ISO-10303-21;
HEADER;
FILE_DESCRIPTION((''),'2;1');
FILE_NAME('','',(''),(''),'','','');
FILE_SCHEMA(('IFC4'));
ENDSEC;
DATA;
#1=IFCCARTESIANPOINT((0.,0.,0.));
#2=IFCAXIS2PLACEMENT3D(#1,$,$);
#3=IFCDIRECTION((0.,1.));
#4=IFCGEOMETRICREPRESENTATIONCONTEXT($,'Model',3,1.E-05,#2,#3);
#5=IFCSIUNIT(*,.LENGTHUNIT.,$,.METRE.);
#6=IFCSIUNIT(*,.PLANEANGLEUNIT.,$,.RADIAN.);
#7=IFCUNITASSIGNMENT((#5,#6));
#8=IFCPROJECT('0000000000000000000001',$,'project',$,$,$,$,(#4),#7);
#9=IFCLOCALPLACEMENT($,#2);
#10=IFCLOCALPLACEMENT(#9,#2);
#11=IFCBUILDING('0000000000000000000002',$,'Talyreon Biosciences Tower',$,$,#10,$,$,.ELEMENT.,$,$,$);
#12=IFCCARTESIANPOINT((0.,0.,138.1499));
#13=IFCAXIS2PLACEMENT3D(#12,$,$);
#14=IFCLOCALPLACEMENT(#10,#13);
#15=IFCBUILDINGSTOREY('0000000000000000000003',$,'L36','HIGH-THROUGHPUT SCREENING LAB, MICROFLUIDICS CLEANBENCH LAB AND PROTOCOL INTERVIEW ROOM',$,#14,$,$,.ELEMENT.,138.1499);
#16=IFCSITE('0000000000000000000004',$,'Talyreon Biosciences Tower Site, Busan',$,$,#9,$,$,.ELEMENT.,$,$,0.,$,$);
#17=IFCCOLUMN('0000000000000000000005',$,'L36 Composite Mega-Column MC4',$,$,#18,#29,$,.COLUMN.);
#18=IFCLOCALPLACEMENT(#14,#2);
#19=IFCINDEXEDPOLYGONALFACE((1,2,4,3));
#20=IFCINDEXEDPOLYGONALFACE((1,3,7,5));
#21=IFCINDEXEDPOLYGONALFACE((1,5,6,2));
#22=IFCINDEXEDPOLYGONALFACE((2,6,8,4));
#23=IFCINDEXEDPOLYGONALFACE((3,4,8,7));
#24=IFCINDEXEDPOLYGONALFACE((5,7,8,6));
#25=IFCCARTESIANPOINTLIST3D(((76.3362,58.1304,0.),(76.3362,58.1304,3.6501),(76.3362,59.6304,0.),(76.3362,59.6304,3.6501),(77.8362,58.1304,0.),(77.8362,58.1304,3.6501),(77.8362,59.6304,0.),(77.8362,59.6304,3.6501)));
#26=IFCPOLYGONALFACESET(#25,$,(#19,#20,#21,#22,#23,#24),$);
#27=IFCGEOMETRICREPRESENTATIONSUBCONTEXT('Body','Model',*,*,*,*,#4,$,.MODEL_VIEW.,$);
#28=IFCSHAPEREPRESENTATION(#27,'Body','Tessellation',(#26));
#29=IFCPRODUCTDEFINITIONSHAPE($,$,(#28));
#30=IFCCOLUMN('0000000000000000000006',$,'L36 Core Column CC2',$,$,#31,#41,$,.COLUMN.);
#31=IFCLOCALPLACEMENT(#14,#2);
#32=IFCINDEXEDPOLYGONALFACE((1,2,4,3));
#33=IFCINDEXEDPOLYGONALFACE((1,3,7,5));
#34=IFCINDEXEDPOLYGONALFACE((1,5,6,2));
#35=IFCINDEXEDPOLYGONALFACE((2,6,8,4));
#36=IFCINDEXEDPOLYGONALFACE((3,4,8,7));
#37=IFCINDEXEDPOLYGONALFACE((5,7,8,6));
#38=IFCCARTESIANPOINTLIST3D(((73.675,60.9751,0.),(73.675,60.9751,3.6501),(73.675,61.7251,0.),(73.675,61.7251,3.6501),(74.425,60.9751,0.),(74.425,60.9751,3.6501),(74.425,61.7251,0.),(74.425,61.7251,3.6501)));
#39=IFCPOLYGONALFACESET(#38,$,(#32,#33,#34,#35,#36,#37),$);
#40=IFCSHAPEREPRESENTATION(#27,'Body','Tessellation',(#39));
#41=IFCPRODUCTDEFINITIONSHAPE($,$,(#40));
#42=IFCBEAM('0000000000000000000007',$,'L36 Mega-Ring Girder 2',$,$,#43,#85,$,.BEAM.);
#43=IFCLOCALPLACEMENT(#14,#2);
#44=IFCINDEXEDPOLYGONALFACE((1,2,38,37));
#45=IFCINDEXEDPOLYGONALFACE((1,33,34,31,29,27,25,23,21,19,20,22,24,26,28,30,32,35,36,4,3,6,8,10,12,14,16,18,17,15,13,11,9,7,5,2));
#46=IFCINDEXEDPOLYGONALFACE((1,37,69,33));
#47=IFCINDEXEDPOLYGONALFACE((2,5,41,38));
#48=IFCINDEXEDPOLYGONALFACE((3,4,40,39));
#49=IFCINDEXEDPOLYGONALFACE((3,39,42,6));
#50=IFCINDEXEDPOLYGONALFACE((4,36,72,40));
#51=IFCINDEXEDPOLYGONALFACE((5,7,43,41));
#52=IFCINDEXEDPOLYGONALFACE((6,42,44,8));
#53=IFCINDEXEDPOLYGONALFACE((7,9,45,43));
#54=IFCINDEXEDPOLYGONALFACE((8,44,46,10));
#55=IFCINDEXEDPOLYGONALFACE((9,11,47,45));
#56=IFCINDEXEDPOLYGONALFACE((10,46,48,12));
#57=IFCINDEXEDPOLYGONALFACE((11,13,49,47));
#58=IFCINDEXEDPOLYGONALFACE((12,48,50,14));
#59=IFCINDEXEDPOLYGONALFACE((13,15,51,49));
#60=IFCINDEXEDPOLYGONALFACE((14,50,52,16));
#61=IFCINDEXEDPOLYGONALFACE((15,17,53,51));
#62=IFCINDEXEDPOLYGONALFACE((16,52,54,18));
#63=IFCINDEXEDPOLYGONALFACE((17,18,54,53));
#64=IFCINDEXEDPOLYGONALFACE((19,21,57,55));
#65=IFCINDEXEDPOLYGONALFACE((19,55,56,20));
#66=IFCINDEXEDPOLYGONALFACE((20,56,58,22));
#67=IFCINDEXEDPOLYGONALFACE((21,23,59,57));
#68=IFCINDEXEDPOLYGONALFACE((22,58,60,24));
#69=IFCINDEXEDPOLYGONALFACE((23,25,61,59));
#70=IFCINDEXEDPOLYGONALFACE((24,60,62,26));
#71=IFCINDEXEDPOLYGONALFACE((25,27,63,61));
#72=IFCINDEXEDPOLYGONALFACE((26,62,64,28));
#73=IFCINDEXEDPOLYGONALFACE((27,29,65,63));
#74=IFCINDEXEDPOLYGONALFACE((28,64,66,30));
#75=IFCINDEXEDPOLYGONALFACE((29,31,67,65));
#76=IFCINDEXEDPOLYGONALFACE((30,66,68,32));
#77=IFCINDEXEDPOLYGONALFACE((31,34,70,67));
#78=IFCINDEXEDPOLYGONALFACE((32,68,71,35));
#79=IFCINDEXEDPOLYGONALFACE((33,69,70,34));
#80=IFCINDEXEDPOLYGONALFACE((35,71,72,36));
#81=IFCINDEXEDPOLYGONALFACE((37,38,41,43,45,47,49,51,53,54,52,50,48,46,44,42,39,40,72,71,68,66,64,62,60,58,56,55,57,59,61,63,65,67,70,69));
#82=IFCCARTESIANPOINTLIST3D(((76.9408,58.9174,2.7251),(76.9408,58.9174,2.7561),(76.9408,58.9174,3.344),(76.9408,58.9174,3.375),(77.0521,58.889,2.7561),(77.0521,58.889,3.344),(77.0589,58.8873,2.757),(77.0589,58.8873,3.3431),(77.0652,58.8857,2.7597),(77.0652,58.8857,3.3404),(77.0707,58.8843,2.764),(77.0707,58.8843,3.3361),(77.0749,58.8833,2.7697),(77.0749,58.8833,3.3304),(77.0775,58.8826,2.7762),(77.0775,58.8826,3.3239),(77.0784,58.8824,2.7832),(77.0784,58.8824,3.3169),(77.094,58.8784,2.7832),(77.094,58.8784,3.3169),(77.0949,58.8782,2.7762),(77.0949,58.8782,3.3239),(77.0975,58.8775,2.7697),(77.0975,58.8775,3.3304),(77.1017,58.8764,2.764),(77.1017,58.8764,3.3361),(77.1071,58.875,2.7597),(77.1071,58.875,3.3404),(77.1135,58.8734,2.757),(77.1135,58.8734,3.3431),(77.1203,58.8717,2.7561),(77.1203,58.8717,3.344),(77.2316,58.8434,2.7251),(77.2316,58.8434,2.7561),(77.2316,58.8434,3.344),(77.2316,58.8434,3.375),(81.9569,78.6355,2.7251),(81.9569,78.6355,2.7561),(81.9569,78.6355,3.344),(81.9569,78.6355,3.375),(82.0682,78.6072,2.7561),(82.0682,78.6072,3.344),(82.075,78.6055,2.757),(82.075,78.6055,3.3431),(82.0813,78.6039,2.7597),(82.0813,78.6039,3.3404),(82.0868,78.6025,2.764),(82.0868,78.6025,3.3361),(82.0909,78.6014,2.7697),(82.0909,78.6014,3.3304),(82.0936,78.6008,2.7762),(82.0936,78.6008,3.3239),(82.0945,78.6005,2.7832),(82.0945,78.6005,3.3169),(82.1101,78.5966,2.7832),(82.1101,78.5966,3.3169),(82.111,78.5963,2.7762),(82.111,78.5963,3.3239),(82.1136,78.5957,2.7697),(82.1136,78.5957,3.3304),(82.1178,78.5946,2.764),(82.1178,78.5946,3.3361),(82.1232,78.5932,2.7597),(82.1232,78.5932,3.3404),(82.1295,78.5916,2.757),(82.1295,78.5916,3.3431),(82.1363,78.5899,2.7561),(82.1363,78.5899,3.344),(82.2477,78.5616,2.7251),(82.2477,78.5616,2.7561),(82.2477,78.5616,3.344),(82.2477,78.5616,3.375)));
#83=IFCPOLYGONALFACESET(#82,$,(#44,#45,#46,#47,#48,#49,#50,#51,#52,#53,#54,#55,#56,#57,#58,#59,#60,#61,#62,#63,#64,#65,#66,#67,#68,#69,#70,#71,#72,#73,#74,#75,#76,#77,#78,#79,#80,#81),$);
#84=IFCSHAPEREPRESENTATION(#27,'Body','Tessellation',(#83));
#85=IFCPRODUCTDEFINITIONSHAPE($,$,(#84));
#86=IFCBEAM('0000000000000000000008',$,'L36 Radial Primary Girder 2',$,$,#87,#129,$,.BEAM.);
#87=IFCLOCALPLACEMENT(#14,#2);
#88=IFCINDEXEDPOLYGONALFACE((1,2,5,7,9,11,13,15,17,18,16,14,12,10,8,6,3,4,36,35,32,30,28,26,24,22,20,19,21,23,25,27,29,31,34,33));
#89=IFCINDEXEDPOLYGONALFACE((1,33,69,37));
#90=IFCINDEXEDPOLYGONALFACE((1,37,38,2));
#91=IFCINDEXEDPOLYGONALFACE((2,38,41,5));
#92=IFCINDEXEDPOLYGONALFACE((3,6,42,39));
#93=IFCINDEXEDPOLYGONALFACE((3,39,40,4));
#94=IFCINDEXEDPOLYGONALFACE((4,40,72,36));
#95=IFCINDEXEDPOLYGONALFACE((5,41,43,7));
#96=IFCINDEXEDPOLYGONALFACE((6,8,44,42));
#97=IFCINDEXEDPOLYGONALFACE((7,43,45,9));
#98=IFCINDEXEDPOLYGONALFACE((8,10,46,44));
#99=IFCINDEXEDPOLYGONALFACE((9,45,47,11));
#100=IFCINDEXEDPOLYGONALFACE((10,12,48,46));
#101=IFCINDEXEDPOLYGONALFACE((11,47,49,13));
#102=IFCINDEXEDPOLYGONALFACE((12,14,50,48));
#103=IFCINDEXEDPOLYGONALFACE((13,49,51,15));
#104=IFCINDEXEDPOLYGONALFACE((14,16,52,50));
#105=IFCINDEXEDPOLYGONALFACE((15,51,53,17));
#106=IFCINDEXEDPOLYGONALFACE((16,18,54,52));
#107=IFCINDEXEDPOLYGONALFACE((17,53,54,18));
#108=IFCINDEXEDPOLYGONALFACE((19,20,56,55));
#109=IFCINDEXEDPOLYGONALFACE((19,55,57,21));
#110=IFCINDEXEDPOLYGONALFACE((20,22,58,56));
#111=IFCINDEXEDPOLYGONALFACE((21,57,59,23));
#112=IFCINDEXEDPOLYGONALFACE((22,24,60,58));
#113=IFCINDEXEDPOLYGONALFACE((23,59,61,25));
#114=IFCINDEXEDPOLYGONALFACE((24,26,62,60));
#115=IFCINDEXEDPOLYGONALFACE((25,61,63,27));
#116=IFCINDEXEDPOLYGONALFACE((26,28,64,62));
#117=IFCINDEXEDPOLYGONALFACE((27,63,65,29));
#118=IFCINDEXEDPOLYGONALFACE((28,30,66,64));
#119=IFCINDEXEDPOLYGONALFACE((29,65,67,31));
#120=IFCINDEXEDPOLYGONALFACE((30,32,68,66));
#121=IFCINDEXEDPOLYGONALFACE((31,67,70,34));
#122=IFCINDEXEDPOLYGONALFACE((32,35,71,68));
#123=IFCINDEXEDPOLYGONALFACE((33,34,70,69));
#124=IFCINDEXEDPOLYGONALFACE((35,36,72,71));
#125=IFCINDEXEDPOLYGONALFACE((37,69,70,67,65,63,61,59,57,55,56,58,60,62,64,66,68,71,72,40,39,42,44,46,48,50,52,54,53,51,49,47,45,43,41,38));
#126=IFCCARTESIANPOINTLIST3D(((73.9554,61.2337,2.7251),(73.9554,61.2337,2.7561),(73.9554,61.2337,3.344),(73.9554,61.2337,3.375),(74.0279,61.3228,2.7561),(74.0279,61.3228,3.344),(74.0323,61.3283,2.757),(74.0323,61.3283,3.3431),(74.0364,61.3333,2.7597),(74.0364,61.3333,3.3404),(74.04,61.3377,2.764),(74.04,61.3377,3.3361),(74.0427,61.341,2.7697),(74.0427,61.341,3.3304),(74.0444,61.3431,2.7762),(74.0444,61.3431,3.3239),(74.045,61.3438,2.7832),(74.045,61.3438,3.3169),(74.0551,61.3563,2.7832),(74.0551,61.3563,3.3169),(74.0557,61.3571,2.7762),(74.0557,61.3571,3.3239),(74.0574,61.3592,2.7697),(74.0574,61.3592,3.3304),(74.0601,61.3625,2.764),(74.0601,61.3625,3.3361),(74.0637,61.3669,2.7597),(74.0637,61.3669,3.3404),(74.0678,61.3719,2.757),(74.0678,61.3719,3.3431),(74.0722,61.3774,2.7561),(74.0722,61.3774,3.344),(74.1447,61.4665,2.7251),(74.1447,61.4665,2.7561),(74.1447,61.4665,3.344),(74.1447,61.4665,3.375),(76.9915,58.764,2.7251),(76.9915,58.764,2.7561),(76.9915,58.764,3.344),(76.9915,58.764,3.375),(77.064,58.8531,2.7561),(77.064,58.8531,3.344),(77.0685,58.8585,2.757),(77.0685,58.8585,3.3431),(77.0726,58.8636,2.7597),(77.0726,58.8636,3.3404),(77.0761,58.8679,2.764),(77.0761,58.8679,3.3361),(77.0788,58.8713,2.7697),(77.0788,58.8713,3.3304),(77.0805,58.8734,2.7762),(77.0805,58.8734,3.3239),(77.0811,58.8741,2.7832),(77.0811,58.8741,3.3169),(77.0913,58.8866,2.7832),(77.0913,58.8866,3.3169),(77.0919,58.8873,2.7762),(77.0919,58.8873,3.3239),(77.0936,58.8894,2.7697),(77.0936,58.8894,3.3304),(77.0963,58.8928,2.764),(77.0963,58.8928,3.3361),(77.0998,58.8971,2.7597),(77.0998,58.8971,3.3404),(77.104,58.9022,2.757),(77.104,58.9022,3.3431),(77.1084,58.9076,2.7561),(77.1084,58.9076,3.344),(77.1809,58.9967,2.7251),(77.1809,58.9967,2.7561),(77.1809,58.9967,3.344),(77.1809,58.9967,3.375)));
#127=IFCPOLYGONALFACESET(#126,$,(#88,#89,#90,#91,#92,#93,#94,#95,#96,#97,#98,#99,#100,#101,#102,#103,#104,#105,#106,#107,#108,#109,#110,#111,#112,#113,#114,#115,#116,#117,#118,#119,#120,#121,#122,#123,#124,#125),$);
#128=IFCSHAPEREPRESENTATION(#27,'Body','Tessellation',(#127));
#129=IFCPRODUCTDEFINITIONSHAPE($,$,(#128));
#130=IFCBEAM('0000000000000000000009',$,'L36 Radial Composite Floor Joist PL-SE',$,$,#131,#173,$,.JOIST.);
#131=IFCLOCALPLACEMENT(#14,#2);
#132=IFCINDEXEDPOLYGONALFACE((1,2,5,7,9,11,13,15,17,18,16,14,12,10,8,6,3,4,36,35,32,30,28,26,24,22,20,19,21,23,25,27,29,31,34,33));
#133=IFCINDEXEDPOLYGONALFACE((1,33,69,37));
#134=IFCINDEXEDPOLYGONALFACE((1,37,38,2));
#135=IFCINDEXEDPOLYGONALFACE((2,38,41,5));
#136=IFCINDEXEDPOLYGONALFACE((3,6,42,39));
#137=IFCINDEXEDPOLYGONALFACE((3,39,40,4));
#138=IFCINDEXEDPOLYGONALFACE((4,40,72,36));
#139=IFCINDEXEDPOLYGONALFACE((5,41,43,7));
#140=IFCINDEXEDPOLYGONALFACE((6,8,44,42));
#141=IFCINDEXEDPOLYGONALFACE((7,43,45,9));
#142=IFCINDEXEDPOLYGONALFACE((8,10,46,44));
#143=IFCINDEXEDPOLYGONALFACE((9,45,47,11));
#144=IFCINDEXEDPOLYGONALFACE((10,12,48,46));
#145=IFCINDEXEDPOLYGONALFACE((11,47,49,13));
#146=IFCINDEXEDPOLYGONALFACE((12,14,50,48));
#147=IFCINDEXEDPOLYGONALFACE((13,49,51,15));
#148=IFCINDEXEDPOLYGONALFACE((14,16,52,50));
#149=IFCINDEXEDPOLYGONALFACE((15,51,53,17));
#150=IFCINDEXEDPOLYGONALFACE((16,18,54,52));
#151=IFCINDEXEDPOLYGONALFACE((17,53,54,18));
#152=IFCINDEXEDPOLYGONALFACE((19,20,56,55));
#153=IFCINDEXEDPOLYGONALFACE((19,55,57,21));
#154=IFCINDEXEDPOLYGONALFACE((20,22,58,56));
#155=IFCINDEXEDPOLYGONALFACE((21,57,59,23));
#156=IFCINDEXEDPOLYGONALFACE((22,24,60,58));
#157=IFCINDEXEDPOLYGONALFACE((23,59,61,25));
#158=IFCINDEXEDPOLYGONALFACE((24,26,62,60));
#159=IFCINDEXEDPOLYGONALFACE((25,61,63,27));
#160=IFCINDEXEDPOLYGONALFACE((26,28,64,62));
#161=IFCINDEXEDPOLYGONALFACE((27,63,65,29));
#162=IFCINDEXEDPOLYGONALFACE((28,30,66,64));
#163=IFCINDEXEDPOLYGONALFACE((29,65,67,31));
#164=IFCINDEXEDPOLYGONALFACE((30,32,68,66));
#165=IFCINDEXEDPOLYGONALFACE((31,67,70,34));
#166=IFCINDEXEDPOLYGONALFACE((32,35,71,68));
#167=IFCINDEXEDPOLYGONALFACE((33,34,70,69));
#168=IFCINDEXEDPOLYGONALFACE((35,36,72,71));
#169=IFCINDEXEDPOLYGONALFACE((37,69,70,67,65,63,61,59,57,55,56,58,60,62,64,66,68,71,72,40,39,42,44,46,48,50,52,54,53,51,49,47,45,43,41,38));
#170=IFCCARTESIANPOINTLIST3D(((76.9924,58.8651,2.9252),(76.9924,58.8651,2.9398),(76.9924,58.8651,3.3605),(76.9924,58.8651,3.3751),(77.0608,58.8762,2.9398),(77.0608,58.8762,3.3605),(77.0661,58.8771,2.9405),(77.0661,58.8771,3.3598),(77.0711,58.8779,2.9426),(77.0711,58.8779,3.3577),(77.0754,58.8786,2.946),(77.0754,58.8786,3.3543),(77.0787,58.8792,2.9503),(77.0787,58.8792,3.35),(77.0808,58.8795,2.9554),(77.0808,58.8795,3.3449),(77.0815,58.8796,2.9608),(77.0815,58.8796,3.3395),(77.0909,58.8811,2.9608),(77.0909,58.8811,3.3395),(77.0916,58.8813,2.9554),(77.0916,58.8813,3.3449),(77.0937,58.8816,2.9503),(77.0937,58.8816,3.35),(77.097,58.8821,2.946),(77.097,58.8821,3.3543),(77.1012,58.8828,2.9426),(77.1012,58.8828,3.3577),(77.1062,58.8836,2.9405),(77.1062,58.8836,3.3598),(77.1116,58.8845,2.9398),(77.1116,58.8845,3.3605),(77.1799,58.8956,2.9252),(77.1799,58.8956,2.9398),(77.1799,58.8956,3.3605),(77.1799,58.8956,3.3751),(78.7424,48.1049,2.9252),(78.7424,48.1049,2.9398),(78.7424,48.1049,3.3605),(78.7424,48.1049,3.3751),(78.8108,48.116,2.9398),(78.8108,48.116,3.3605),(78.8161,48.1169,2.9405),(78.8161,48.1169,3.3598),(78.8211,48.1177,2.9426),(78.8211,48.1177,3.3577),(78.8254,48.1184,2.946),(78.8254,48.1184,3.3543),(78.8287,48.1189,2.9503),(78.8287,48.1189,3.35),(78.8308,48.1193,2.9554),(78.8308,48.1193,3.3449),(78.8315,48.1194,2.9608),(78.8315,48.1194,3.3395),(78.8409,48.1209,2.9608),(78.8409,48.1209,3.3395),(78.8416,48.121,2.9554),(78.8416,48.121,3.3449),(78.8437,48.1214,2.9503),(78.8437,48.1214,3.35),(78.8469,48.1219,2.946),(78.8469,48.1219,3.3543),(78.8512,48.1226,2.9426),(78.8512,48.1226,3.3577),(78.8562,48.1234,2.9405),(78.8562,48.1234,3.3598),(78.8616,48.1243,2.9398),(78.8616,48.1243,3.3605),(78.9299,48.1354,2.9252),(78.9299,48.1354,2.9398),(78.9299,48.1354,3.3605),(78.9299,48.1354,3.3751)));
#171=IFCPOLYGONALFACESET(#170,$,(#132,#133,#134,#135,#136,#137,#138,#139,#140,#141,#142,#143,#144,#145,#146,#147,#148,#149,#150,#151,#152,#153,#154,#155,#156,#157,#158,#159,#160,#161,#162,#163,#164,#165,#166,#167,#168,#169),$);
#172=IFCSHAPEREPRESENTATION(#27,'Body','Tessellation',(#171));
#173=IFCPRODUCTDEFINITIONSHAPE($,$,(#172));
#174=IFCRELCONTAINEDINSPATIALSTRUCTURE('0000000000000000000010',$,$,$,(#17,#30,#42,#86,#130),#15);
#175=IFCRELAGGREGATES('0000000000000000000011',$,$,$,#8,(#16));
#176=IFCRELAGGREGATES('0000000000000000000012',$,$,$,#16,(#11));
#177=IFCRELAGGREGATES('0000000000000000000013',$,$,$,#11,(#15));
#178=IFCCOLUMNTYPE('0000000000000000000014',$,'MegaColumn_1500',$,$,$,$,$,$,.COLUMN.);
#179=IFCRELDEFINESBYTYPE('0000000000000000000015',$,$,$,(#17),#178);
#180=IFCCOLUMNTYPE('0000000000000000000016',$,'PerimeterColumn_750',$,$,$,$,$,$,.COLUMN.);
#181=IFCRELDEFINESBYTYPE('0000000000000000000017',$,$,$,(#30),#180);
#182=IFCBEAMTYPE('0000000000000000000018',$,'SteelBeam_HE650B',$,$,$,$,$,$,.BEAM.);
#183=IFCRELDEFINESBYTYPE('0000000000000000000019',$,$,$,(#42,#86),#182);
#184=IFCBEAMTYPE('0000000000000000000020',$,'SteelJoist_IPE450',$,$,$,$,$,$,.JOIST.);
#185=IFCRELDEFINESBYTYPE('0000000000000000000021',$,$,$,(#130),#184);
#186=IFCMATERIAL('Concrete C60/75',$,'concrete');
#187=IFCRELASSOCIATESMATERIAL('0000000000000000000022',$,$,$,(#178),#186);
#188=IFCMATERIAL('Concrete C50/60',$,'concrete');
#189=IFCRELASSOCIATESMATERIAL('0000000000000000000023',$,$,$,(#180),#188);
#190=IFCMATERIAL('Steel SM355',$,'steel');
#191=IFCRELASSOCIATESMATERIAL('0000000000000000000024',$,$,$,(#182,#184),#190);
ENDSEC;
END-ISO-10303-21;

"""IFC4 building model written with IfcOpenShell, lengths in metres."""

from ifc_helpers import new_model, si_unit, direction, frame, origin, origin_2d, place, context, subcontext, project, spatial, rectangle, i_section, extrude, material, material_profile, profile_set, type_object, element, save


model = new_model("IFC4")

# Units and contexts
model_context = context("Model", 3, precision=1e-05, world=origin(), true_north=direction((0.0, 1.0)))
body_context = subcontext(model_context, "Body", "Model", "MODEL_VIEW")
ifc_project = project(units=[si_unit("LENGTHUNIT", "METRE"), si_unit("PLANEANGLEUNIT", "RADIAN")], contexts=[model_context])

# Site, building, storey
site_placement = place(None, origin())
site = spatial("IfcSite", under=ifc_project, at=site_placement, Name="Talyreon Biosciences Tower Site, Busan", CompositionType="ELEMENT", RefElevation=0.0)
building_placement = place(site_placement, origin())
building = spatial("IfcBuilding", under=site, at=building_placement, Name="Talyreon Biosciences Tower", CompositionType="ELEMENT")
storey_placement = place(building_placement, frame((0.0, 0.0, 138.1499)))
storey = spatial("IfcBuildingStorey", under=building, at=storey_placement, Name="L36", Description="HIGH-THROUGHPUT SCREENING LAB, MICROFLUIDICS CLEANBENCH LAB AND PROTOCOL INTERVIEW ROOM", CompositionType="ELEMENT", Elevation=138.1499)

# Columns
ifc_material_1 = material(Name="Concrete C60/75", Category="concrete")
ifc_material_profile_1 = material_profile(ifc_material_1, rectangle(XDim=1.5, YDim=1.5, at=origin_2d()), Name="RC 1500x1500")
ifc_profile_set_1 = profile_set([ifc_material_profile_1], Name="Concrete C60/75")
column_type_1 = type_object("IfcColumnType", Name="MegaColumn_1500", PredefinedType="COLUMN", material=ifc_profile_set_1)
column_1_placement = place(storey_placement, frame((77.0862, 58.8804, 0.0), z_axis=(0.0, 0.0, 1.0), x_axis=(1.0, 0.0, 0.0)))
element("IfcColumn", 1, at=column_1_placement, inside=storey, type_object=column_type_1, Name="L36 Composite Mega-Column MC4", PredefinedType="COLUMN", context=body_context, shape_type="SweptSolid", body=[
    extrude(rectangle(XDim=1.5, YDim=1.5, at=origin_2d()), origin(), (0.0, 0.0, 1.0), 3.6501),
])
ifc_material_2 = material(Name="Concrete C50/60", Category="concrete")
ifc_material_profile_2 = material_profile(ifc_material_2, rectangle(XDim=0.75, YDim=0.75, at=origin_2d()), Name="RC 750x750")
ifc_profile_set_2 = profile_set([ifc_material_profile_2], Name="Concrete C50/60")
column_type_2 = type_object("IfcColumnType", Name="PerimeterColumn_750", PredefinedType="COLUMN", material=ifc_profile_set_2)
column_2_placement = place(storey_placement, frame((74.05, 61.3501, 0.0), z_axis=(0.0, 0.0, 1.0), x_axis=(1.0, 0.0, 0.0)))
element("IfcColumn", 2, at=column_2_placement, inside=storey, type_object=column_type_2, Name="L36 Core Column CC2", PredefinedType="COLUMN", context=body_context, shape_type="SweptSolid", body=[
    extrude(rectangle(XDim=0.75, YDim=0.75, at=origin_2d()), origin(), (0.0, 0.0, 1.0), 3.6501),
])

# Beams
ifc_material_3 = material(Name="Steel SM355", Category="steel")
ifc_material_profile_3 = material_profile(ifc_material_3, i_section(OverallWidth=0.3, OverallDepth=0.6499, WebThickness=0.0161, FlangeThickness=0.031, FilletRadius=0.0271, at=origin_2d()), Name="HE650B")
ifc_profile_set_3 = profile_set([ifc_material_profile_3], Name="Steel SM355")
beam_type_1 = type_object("IfcBeamType", Name="SteelBeam_HE650B", PredefinedType="BEAM", material=ifc_profile_set_3)
beam_1_placement = place(storey_placement, frame((77.0862, 58.8804, 3.05), z_axis=(0.246537, 0.969133, 0.0), x_axis=(-0.969133, 0.246537, 0.0)))
element("IfcBeam", 3, at=beam_1_placement, inside=storey, type_object=beam_type_1, Name="L36 Mega-Ring Girder 2", PredefinedType="BEAM", context=body_context, shape_type="SweptSolid", body=[
    extrude(i_section(OverallWidth=0.3, OverallDepth=0.6499, WebThickness=0.0161, FlangeThickness=0.031, FilletRadius=0.0271, at=origin_2d()), origin(), (0.0, 0.0, 1.0), 20.3462),
])
beam_2_placement = place(storey_placement, frame((74.05, 61.3501, 3.05), z_axis=(0.775755, -0.631034, 0.0), x_axis=(0.631034, 0.775755, 0.0)))
element("IfcBeam", 4, at=beam_2_placement, inside=storey, type_object=beam_type_1, Name="L36 Radial Primary Girder 2", PredefinedType="BEAM", context=body_context, shape_type="SweptSolid", body=[
    extrude(i_section(OverallWidth=0.3, OverallDepth=0.6499, WebThickness=0.0161, FlangeThickness=0.031, FilletRadius=0.0271, at=origin_2d()), origin(), (0.0, 0.0, 1.0), 3.9138),
])
ifc_material_profile_4 = material_profile(ifc_material_3, i_section(OverallWidth=0.1899, OverallDepth=0.45, WebThickness=0.0095, FlangeThickness=0.0146, FilletRadius=0.021, at=origin_2d()), Name="IPE450")
ifc_profile_set_4 = profile_set([ifc_material_profile_4], Name="Steel SM355")
beam_type_2 = type_object("IfcBeamType", Name="SteelJoist_IPE450", PredefinedType="JOIST", material=ifc_profile_set_4)
beam_3_placement = place(storey_placement, frame((77.0862, 58.8804, 3.1501), z_axis=(0.160526, -0.987032, 0.0), x_axis=(0.987032, 0.160526, 0.0)))
element("IfcBeam", 5, at=beam_3_placement, inside=storey, type_object=beam_type_2, Name="L36 Radial Composite Floor Joist PL-SE", PredefinedType="JOIST", context=body_context, shape_type="SweptSolid", body=[
    extrude(i_section(OverallWidth=0.1899, OverallDepth=0.45, WebThickness=0.0095, FlangeThickness=0.0146, FilletRadius=0.021, at=origin_2d()), origin(), (0.0, 0.0, 1.0), 10.9016),
])

save(model, "model.ifc")
